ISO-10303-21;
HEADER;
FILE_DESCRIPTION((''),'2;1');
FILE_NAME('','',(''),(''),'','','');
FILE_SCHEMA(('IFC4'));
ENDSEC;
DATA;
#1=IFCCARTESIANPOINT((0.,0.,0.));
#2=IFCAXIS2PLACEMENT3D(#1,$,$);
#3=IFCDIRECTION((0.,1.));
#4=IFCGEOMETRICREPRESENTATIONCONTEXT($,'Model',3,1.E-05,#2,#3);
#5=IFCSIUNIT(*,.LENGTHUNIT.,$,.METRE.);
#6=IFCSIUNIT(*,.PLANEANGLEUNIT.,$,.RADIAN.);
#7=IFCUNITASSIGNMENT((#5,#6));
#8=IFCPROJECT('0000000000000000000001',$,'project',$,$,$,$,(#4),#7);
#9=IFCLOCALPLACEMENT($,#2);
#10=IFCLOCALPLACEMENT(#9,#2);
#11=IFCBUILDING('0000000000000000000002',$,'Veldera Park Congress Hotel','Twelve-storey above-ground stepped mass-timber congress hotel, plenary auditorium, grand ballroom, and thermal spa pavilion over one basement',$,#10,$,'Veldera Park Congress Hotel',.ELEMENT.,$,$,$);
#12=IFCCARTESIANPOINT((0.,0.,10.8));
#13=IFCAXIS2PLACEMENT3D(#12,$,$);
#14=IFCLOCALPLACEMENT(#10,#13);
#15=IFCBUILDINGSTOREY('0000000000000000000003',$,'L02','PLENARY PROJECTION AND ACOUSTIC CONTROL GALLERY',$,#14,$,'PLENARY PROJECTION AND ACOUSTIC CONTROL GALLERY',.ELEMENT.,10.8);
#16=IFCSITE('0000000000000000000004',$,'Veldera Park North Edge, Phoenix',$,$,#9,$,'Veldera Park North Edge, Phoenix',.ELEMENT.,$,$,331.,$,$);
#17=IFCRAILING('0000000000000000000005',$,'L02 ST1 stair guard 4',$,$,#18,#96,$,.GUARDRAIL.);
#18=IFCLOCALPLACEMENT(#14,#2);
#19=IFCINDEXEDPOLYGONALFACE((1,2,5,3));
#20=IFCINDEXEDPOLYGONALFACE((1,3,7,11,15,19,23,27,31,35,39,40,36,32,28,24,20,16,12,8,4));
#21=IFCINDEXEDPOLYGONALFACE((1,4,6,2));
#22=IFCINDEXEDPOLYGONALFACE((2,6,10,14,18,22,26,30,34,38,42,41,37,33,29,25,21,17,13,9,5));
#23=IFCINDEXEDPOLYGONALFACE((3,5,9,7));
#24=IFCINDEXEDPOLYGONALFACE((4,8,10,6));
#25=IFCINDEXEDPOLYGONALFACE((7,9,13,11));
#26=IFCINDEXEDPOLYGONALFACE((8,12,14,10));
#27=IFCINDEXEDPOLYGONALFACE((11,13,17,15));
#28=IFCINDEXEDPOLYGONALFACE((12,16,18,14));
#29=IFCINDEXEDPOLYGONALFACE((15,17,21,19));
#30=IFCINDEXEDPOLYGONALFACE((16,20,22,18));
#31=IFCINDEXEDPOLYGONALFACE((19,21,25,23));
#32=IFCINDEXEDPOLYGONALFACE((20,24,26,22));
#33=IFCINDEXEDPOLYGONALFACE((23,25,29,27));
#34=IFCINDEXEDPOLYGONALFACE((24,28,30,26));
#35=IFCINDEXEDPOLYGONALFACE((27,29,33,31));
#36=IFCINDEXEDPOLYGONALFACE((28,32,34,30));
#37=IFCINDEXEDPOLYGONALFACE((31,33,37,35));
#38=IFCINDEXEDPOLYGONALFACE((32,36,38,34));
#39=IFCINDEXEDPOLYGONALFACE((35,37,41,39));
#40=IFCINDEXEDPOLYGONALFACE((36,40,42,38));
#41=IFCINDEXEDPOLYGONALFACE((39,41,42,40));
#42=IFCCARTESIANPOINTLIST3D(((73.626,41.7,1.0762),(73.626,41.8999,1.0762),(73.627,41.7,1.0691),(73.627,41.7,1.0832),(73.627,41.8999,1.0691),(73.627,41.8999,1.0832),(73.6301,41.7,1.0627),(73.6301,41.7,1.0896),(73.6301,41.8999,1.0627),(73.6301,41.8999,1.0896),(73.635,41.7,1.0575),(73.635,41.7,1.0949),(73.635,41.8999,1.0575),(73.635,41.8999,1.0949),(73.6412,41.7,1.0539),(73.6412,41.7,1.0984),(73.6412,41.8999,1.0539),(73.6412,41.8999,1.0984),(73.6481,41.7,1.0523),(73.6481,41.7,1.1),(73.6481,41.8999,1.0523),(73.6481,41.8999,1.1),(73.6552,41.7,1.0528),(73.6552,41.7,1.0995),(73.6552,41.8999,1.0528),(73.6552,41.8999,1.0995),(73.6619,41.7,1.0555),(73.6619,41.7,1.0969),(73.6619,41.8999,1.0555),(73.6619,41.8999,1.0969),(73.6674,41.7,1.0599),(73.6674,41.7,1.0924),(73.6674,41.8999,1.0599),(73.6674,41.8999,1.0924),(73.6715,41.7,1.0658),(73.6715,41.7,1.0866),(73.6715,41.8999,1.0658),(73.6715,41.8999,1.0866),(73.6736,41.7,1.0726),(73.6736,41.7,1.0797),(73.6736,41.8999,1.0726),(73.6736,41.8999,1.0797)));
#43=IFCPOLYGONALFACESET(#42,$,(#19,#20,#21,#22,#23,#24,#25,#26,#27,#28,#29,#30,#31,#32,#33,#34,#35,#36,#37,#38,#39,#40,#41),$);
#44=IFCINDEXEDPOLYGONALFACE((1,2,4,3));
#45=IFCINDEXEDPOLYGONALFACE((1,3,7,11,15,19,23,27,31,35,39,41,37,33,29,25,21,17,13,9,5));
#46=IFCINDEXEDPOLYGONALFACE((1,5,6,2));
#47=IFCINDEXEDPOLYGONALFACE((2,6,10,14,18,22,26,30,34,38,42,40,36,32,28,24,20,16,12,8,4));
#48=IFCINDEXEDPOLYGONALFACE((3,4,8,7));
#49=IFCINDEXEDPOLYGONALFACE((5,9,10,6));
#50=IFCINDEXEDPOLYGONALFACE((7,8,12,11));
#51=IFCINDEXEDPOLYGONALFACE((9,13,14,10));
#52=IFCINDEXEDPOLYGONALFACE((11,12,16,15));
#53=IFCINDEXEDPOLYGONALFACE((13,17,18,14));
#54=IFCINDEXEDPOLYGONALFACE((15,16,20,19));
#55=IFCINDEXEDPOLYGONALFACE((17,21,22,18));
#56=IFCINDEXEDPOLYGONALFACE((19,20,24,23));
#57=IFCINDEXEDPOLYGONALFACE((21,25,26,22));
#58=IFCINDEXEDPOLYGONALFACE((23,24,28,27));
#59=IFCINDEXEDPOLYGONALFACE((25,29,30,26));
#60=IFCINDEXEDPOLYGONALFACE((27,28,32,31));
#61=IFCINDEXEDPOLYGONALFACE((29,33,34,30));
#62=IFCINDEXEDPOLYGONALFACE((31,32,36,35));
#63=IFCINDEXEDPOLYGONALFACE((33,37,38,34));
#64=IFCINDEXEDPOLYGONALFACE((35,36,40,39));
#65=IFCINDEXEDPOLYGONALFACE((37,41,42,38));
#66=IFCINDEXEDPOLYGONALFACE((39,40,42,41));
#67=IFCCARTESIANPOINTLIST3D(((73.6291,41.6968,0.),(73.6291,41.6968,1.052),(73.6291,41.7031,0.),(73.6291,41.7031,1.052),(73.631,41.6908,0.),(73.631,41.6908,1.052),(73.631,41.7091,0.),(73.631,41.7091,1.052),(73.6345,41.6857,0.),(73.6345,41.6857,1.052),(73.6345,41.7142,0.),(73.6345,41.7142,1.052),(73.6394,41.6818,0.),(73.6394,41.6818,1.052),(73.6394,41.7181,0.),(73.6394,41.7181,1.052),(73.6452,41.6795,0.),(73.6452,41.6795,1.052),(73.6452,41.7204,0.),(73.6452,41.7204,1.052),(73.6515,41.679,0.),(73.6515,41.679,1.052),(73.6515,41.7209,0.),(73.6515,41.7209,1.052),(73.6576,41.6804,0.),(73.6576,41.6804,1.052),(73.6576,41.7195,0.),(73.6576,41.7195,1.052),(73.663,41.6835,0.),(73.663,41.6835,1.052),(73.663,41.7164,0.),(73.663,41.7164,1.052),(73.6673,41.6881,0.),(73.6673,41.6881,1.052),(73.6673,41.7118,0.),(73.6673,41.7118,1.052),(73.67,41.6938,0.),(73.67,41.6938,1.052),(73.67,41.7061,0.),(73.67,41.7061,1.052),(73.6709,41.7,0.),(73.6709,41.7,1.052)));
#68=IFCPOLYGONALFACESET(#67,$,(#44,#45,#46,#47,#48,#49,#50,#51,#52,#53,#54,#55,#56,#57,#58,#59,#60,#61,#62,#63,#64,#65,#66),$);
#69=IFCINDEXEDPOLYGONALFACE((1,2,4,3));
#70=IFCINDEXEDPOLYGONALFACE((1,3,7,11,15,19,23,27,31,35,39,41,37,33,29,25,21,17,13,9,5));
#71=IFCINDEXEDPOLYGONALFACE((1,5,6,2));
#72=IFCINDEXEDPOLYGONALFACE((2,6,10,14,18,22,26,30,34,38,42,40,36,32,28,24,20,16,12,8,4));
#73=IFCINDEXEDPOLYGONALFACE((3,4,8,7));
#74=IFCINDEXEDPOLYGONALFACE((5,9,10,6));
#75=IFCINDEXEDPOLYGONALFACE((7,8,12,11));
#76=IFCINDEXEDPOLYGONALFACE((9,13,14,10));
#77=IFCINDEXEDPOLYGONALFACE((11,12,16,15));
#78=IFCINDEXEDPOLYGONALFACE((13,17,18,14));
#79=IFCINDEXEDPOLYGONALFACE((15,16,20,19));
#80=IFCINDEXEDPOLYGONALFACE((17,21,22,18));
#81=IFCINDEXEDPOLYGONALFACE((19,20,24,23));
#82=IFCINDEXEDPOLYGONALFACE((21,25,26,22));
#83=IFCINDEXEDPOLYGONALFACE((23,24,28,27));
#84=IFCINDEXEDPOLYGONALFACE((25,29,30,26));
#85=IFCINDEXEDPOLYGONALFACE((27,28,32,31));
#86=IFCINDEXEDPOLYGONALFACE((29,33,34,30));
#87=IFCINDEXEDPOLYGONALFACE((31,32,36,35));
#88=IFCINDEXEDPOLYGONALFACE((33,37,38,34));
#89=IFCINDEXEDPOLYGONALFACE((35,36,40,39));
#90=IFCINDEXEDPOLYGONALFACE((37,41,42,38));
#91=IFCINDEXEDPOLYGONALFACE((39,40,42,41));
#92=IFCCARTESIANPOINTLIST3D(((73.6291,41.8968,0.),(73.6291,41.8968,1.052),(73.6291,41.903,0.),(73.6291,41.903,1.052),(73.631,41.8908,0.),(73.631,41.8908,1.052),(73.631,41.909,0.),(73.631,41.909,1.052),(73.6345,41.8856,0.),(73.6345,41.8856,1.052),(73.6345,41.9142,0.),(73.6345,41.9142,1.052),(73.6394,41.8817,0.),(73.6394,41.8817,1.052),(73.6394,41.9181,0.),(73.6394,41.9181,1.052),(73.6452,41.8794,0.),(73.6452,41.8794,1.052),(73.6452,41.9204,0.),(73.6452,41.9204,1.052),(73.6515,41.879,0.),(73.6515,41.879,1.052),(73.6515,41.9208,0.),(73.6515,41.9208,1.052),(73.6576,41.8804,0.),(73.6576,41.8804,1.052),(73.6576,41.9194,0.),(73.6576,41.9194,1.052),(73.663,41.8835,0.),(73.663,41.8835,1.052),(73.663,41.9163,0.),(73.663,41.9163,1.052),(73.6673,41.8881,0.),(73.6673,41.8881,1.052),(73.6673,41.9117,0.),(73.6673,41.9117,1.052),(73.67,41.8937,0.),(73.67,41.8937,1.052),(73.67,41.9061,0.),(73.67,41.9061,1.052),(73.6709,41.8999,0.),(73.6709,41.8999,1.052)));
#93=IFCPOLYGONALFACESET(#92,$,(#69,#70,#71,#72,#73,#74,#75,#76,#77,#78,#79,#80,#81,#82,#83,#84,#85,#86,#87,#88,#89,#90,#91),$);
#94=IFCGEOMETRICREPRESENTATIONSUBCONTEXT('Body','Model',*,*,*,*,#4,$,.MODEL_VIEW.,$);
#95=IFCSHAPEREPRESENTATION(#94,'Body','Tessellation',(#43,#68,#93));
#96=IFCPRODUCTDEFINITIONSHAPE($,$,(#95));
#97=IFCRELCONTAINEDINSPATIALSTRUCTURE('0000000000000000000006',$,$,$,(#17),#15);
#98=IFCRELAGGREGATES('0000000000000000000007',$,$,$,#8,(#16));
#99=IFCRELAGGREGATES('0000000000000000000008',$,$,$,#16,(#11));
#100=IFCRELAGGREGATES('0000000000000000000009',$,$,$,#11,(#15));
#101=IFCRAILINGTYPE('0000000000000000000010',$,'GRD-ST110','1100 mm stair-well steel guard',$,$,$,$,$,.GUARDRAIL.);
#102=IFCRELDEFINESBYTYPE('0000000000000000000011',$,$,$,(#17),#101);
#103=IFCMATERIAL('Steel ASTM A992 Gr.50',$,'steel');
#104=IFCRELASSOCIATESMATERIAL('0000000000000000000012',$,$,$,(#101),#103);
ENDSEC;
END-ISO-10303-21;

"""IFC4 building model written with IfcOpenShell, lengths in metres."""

from ifc_helpers import new_model, si_unit, direction, frame, origin, origin_2d, place, context, subcontext, project, spatial, circle, extrude, material, type_object, element, save


model = new_model("IFC4")

# Units and contexts
model_context = context("Model", 3, precision=1e-05, world=origin(), true_north=direction((0.0, 1.0)))
body_context = subcontext(model_context, "Body", "Model", "MODEL_VIEW")
ifc_project = project(units=[si_unit("LENGTHUNIT", "METRE"), si_unit("PLANEANGLEUNIT", "RADIAN")], contexts=[model_context])

# Site, building, storey
site_placement = place(None, origin())
site = spatial("IfcSite", under=ifc_project, at=site_placement, Name="Veldera Park North Edge, Phoenix", LongName="Veldera Park North Edge, Phoenix", CompositionType="ELEMENT", RefElevation=331.0)
building_placement = place(site_placement, origin())
building = spatial("IfcBuilding", under=site, at=building_placement, Name="Veldera Park Congress Hotel", Description="Twelve-storey above-ground stepped mass-timber congress hotel, plenary auditorium, grand ballroom, and thermal spa pavilion over one basement", LongName="Veldera Park Congress Hotel", CompositionType="ELEMENT")
storey_placement = place(building_placement, frame((0.0, 0.0, 10.8)))
storey = spatial("IfcBuildingStorey", under=building, at=storey_placement, Name="L02", Description="PLENARY PROJECTION AND ACOUSTIC CONTROL GALLERY", LongName="PLENARY PROJECTION AND ACOUSTIC CONTROL GALLERY", CompositionType="ELEMENT", Elevation=10.8)

# Railing
ifc_material_1 = material(Name="Steel ASTM A992 Gr.50", Category="steel")
railing_type_1 = type_object("IfcRailingType", Name="GRD-ST110", Description="1100 mm stair-well steel guard", PredefinedType="GUARDRAIL", material=ifc_material_1)
railing_1_placement = place(storey_placement, frame((73.6499, 41.7, 0.0)))
element("IfcRailing", 1, at=railing_1_placement, inside=storey, type_object=railing_type_1, Name="L02 ST1 stair guard 4", PredefinedType="GUARDRAIL", context=body_context, shape_type="SweptSolid", body=[
    extrude(circle(Radius=0.0239, at=origin_2d()), frame((0.0, 0.0, 1.0762), z_axis=(0.0, 1.0, 0.0), x_axis=(-1.0, 0.0, 0.0)), (0.0, 0.0, 1.0), 0.2),
    extrude(circle(Radius=0.021, at=origin_2d()), origin(), (0.0, 0.0, 1.0), 1.052),
    extrude(circle(Radius=0.021, at=origin_2d()), frame((0.0, 0.2, 0.0)), (0.0, 0.0, 1.0), 1.052),
])

save(model, "model.ifc")
